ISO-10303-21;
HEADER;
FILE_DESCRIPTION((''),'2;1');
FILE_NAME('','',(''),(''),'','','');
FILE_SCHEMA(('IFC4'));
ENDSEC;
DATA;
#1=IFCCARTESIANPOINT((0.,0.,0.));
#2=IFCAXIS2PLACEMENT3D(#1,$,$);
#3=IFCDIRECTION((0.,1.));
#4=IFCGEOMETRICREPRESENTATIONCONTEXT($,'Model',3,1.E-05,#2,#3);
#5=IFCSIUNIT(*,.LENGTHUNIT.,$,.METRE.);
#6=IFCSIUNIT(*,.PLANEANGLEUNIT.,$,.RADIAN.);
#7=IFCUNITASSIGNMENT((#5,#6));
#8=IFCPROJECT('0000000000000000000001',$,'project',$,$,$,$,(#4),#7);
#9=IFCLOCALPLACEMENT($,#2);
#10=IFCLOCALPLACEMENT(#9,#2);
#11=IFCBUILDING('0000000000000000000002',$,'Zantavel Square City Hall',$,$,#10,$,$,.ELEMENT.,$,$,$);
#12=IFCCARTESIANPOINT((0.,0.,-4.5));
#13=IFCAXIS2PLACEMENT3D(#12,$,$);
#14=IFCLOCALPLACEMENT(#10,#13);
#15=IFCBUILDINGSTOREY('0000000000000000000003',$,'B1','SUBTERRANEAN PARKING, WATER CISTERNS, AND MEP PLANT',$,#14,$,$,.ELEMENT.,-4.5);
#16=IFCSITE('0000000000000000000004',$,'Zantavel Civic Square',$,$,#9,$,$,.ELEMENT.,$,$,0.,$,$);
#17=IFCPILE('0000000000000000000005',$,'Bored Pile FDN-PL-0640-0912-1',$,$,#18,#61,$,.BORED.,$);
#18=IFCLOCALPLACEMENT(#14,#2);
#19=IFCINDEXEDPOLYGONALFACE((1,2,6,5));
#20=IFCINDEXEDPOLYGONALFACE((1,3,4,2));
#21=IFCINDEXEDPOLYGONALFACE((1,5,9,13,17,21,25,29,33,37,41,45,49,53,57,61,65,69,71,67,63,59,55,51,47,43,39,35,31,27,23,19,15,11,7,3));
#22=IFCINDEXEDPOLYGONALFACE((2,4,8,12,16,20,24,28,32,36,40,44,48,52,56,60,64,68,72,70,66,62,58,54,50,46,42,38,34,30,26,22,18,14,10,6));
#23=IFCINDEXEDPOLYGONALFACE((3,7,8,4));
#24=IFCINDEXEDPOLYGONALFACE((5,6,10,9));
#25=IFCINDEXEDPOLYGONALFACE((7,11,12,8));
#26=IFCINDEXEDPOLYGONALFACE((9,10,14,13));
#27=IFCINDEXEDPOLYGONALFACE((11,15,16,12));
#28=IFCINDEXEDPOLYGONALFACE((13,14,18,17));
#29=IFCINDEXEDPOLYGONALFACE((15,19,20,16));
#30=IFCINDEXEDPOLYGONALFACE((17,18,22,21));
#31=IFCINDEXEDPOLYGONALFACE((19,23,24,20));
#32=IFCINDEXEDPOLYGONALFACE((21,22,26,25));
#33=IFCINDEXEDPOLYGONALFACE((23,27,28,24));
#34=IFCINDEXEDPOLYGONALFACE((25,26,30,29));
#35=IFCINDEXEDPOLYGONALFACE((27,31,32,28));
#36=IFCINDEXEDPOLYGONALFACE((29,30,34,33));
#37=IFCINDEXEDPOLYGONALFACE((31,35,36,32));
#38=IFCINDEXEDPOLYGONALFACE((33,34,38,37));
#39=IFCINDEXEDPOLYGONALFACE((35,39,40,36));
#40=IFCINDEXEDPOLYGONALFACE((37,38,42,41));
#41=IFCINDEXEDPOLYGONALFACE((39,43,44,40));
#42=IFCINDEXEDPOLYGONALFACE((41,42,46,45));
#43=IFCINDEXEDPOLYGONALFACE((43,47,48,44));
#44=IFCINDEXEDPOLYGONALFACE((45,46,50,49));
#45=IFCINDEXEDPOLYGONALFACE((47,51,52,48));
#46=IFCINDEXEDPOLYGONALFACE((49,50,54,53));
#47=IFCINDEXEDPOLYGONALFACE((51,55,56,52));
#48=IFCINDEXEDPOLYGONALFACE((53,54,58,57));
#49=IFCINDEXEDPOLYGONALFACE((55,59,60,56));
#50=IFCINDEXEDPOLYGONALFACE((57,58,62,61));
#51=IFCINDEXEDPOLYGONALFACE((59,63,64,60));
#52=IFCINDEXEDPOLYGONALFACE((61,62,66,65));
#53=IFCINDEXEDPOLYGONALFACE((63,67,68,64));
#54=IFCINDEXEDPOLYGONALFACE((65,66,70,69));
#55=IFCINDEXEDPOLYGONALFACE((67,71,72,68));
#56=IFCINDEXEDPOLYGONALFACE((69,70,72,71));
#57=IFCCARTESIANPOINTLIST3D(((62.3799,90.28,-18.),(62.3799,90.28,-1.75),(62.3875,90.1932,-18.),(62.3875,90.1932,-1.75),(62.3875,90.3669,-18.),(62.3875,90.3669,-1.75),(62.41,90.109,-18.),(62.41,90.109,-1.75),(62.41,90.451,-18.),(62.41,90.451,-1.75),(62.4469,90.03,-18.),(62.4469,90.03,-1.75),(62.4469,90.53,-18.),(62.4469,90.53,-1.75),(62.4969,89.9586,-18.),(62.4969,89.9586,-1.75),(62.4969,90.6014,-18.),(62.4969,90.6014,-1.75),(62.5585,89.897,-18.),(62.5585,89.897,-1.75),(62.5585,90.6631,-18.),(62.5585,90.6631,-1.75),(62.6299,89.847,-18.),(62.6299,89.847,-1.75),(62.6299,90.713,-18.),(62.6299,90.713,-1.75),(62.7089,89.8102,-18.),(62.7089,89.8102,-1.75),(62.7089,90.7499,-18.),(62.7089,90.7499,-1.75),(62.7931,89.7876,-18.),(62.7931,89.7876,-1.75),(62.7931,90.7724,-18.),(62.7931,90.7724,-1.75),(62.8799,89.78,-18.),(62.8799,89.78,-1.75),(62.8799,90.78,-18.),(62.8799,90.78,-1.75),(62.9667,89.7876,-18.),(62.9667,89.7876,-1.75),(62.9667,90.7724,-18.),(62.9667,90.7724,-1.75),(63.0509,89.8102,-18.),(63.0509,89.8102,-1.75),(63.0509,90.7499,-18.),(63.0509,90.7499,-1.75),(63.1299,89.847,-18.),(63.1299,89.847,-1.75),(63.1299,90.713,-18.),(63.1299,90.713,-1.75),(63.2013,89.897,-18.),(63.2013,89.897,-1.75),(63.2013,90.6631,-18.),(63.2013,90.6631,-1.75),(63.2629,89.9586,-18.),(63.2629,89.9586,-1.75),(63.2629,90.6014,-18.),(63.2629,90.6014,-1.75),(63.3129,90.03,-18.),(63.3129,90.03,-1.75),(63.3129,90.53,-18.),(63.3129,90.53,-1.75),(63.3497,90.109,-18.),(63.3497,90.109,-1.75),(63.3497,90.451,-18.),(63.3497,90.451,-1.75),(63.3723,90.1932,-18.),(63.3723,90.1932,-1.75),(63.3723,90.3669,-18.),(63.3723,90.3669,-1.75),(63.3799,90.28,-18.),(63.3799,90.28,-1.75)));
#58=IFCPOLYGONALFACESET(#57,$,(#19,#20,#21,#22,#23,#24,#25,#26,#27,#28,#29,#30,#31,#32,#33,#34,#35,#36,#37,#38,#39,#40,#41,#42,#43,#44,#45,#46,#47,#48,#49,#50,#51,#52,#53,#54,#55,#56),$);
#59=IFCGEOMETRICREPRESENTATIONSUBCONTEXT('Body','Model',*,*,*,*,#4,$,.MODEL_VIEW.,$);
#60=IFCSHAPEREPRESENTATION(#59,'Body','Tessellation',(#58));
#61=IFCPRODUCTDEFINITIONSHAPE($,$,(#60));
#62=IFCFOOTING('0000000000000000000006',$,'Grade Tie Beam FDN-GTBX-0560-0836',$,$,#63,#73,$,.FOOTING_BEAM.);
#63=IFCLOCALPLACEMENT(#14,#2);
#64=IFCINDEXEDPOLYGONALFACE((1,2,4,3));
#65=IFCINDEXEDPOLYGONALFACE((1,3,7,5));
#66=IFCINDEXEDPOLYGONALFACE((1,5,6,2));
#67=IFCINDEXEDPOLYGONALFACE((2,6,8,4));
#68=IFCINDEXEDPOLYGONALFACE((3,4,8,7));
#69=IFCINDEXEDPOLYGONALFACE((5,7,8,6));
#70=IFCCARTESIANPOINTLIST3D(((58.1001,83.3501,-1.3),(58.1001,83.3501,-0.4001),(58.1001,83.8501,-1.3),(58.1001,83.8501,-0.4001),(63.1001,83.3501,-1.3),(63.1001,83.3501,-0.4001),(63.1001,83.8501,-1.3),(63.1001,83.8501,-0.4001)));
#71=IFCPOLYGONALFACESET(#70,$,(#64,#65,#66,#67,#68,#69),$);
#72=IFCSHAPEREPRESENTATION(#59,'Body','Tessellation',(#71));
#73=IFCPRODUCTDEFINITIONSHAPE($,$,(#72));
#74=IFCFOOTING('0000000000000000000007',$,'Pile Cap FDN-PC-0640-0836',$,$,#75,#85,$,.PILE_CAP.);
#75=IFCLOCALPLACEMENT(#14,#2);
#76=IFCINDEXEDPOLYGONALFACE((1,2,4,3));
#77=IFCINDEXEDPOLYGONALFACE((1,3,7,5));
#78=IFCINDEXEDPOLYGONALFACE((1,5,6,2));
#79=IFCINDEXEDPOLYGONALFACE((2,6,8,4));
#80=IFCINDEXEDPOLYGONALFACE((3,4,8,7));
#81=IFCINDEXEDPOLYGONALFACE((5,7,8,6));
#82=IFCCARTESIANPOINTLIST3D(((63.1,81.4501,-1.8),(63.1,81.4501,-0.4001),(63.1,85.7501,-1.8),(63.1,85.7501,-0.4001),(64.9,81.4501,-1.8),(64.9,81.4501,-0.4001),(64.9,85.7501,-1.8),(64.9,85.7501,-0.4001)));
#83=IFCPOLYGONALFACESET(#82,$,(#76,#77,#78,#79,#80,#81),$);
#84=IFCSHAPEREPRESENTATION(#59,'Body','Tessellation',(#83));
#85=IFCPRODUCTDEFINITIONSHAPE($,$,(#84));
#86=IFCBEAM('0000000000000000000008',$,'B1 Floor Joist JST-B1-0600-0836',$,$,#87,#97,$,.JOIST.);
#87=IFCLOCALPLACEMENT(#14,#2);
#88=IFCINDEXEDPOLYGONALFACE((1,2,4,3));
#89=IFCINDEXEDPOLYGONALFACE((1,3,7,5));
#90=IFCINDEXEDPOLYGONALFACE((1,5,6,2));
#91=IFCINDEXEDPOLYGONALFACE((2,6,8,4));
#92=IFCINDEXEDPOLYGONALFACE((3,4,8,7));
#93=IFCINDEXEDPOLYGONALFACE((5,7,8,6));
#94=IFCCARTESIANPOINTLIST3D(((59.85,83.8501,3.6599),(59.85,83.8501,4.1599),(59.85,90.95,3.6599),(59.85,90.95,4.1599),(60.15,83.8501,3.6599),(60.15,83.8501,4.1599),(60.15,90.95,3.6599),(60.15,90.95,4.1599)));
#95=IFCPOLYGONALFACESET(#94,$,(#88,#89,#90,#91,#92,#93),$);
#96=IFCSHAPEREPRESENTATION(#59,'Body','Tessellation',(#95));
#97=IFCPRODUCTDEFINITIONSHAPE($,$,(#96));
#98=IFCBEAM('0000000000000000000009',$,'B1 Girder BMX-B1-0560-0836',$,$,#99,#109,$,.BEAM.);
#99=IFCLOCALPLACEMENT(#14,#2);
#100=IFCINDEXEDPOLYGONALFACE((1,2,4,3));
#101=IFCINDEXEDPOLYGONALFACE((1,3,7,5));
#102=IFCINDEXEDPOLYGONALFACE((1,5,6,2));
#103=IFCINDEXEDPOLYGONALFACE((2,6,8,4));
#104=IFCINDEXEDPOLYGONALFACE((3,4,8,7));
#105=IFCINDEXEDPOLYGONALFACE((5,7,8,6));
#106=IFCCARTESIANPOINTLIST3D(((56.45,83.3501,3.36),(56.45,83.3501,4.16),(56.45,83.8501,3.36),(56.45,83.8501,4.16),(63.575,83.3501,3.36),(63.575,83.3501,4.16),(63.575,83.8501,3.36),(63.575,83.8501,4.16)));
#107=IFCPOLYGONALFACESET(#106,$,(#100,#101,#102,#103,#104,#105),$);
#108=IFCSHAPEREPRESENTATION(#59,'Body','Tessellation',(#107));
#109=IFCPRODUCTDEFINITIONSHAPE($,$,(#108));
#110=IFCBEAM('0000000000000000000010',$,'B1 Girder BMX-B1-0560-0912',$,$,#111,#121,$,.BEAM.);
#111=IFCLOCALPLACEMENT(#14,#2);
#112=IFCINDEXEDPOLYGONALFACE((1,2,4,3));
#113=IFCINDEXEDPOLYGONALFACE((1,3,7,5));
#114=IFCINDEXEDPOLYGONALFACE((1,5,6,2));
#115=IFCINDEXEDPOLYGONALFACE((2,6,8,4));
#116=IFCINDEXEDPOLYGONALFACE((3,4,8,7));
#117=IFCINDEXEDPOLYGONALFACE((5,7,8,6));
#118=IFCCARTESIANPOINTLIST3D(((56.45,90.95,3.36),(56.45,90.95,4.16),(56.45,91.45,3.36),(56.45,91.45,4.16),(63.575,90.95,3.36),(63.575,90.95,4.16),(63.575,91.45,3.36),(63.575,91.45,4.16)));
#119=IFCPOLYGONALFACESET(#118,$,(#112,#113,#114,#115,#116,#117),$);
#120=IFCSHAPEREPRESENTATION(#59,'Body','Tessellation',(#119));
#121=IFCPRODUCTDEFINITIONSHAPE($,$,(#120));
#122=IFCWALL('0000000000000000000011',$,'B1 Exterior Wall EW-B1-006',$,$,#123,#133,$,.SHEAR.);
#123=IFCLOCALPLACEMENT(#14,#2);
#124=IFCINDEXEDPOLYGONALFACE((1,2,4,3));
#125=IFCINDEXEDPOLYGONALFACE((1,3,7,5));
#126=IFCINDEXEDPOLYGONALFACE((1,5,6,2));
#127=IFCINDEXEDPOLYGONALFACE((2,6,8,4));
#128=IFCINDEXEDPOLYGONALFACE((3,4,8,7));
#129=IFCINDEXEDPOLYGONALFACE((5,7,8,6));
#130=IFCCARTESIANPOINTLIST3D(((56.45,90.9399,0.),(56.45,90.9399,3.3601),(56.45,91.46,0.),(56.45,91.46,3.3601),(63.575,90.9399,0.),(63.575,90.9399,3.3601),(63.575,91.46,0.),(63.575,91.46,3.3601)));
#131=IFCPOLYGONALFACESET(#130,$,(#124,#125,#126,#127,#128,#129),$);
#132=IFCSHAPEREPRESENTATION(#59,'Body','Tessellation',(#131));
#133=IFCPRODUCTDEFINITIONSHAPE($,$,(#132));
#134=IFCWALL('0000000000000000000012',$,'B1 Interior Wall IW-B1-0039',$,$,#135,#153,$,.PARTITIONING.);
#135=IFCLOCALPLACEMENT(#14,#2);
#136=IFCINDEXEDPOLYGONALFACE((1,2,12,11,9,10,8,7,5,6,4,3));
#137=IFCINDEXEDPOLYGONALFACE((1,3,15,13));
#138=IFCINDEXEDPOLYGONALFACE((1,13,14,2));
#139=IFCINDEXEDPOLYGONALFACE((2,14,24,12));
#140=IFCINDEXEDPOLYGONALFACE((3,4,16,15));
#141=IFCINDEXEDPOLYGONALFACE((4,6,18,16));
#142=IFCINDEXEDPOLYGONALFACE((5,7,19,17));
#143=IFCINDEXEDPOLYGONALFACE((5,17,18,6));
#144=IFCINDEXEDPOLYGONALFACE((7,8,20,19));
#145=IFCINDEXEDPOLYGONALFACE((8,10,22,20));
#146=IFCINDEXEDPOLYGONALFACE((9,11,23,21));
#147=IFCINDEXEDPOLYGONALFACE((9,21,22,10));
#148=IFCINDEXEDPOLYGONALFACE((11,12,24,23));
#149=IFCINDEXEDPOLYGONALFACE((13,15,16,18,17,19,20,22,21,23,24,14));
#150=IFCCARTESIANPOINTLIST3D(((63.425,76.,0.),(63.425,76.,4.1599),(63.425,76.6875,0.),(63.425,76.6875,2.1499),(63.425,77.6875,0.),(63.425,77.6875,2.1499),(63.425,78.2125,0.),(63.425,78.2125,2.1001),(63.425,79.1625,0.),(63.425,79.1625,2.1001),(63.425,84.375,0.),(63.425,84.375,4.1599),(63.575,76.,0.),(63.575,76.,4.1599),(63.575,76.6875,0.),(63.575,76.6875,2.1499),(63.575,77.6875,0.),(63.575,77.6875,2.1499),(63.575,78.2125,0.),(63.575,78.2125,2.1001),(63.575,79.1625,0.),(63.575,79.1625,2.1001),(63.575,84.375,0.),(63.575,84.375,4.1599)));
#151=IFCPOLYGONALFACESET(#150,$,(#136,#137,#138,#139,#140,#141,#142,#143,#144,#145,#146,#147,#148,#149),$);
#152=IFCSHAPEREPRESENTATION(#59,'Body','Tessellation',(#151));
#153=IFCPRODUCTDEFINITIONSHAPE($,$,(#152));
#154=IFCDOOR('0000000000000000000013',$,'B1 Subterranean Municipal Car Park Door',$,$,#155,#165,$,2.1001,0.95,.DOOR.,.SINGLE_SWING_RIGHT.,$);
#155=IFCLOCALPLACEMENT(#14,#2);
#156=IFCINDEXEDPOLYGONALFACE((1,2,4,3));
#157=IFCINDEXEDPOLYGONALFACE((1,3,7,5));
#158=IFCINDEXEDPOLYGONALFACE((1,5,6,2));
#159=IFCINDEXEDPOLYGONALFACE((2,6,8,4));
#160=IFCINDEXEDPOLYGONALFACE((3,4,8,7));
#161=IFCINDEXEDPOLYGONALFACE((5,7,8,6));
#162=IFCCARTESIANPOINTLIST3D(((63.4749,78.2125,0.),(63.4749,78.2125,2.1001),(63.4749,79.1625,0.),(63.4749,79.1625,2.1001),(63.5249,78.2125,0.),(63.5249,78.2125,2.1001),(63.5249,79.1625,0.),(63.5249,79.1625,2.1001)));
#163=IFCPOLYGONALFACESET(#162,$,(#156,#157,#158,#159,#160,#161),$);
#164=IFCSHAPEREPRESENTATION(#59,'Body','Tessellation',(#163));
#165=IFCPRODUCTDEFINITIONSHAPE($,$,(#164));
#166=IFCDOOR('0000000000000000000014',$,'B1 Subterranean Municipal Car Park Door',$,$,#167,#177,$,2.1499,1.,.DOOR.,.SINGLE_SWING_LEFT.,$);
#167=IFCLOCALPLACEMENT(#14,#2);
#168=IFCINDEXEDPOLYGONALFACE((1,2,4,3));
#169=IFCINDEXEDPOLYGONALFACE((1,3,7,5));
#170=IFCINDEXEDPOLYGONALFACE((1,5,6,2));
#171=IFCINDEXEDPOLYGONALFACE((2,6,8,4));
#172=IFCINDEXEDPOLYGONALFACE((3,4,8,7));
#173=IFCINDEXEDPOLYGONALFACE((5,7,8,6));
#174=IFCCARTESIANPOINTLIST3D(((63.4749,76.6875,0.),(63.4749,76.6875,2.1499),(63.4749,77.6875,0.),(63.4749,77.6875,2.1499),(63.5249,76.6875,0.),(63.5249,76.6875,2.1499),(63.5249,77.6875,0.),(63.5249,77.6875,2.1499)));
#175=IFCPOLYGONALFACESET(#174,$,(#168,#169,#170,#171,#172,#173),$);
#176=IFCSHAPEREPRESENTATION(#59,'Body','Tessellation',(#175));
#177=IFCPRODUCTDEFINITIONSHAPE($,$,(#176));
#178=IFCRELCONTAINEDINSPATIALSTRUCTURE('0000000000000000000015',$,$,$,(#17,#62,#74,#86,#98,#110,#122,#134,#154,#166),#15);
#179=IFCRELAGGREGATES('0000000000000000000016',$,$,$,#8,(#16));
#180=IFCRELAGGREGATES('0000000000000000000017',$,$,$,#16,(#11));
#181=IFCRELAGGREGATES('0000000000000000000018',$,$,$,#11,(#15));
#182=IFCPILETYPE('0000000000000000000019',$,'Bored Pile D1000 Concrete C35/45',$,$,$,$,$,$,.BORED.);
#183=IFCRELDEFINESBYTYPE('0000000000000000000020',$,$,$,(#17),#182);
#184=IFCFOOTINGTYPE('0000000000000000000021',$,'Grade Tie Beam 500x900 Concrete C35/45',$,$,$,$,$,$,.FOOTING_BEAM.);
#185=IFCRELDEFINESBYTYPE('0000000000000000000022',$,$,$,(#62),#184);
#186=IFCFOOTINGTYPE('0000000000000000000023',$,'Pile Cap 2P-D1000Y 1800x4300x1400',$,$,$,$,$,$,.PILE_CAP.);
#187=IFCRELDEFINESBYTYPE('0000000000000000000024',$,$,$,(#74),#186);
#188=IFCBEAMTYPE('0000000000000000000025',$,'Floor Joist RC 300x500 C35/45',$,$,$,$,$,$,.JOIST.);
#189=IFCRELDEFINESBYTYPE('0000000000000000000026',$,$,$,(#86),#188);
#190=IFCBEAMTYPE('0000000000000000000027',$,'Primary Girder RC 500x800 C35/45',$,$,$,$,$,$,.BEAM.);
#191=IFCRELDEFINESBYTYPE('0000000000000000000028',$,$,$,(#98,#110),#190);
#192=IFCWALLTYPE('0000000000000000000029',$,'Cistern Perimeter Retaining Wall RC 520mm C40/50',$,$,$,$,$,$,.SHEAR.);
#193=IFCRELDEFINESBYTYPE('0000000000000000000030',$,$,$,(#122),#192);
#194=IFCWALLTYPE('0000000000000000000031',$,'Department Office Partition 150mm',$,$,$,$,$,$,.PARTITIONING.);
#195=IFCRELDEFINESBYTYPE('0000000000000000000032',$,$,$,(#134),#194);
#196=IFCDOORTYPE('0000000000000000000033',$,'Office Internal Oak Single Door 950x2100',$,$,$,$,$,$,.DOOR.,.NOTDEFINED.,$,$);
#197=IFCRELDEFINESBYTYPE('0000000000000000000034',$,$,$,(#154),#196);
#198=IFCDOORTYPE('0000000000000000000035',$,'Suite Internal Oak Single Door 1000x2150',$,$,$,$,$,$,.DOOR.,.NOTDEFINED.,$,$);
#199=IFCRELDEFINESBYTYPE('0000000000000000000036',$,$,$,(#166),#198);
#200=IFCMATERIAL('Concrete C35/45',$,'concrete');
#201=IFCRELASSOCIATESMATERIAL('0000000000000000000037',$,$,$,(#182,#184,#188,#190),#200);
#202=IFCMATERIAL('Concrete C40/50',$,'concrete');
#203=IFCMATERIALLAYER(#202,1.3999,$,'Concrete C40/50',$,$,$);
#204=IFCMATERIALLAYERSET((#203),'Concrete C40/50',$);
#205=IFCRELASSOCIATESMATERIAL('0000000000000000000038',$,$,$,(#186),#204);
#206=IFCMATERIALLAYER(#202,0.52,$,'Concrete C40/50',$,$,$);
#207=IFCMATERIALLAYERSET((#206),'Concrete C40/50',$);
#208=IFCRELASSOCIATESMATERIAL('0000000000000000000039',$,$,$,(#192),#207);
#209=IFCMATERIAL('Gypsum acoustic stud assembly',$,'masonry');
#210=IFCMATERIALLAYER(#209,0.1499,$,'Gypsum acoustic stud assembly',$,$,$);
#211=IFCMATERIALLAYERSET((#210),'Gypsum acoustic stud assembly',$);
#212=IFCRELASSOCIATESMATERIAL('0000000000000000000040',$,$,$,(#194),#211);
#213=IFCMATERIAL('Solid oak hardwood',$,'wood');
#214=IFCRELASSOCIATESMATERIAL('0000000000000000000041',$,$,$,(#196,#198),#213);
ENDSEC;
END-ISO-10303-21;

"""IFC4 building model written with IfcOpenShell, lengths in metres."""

from ifc_helpers import new_model, si_unit, direction, frame, frame_2d, origin, origin_2d, place, context, subcontext, project, spatial, rectangle, circle, extrude, material, layer, layer_set, material_profile, profile_set, type_object, element, fill, save


model = new_model("IFC4")

# Units and contexts
model_context = context("Model", 3, precision=1e-05, world=origin(), true_north=direction((0.0, 1.0)))
body_context = subcontext(model_context, "Body", "Model", "MODEL_VIEW")
ifc_project = project(units=[si_unit("LENGTHUNIT", "METRE"), si_unit("PLANEANGLEUNIT", "RADIAN")], contexts=[model_context])

# Site, building, storey
site_placement = place(None, origin())
site = spatial("IfcSite", under=ifc_project, at=site_placement, Name="Zantavel Civic Square", CompositionType="ELEMENT", RefElevation=0.0)
building_placement = place(site_placement, origin())
building = spatial("IfcBuilding", under=site, at=building_placement, Name="Zantavel Square City Hall", CompositionType="ELEMENT")
storey_placement = place(building_placement, frame((0.0, 0.0, -4.5)))
storey = spatial("IfcBuildingStorey", under=building, at=storey_placement, Name="B1", Description="SUBTERRANEAN PARKING, WATER CISTERNS, AND MEP PLANT", CompositionType="ELEMENT", Elevation=-4.5)

# Pile
ifc_material_1 = material(Name="Concrete C35/45", Category="concrete")
ifc_material_profile_1 = material_profile(ifc_material_1, circle(Radius=0.5, at=origin_2d()), Name="PILE D1000")
ifc_profile_set_1 = profile_set([ifc_material_profile_1], Name="Concrete C35/45")
pile_type = type_object("IfcPileType", Name="Bored Pile D1000 Concrete C35/45", PredefinedType="BORED", material=ifc_profile_set_1)
pile_1_placement = place(storey_placement, frame((62.8799, 90.28, -1.75), z_axis=(0.0, 0.0, -1.0), x_axis=(1.0, 0.0, 0.0)))
element("IfcPile", 1, at=pile_1_placement, inside=storey, type_object=pile_type, Name="Bored Pile FDN-PL-0640-0912-1", PredefinedType="BORED", context=body_context, shape_type="SweptSolid", body=[
    extrude(circle(Radius=0.5, at=origin_2d()), origin(), (0.0, 0.0, 1.0), 16.25),
])

# Footings
ifc_material_profile_2 = material_profile(ifc_material_1, rectangle(XDim=0.5, YDim=0.8999, at=origin_2d()), Name="RC 500x900")
ifc_profile_set_2 = profile_set([ifc_material_profile_2], Name="Concrete C35/45")
footing_type_1 = type_object("IfcFootingType", Name="Grade Tie Beam 500x900 Concrete C35/45", PredefinedType="FOOTING_BEAM", material=ifc_profile_set_2)
footing_1_placement = place(storey_placement, frame((58.1001, 83.6001, -0.8501), z_axis=(1.0, 0.0, 0.0), x_axis=(0.0, 1.0, 0.0)))
element("IfcFooting", 2, at=footing_1_placement, inside=storey, type_object=footing_type_1, Name="Grade Tie Beam FDN-GTBX-0560-0836", PredefinedType="FOOTING_BEAM", context=body_context, shape_type="SweptSolid", body=[
    extrude(rectangle(XDim=0.5, YDim=0.8999, at=origin_2d()), origin(), (0.0, 0.0, 1.0), 5.0),
])
ifc_material_2 = material(Name="Concrete C40/50", Category="concrete")
ifc_layer_1 = layer(ifc_material_2, 1.3999, Name="Concrete C40/50")
ifc_layer_set_1 = layer_set([ifc_layer_1], Name="Concrete C40/50")
footing_type_2 = type_object("IfcFootingType", Name="Pile Cap 2P-D1000Y 1800x4300x1400", PredefinedType="PILE_CAP", material=ifc_layer_set_1)
footing_2_placement = place(storey_placement, frame((64.0, 83.6001, -1.8), z_axis=(0.0, 0.0, 1.0), x_axis=(1.0, 0.0, 0.0)))
element("IfcFooting", 3, at=footing_2_placement, inside=storey, type_object=footing_type_2, Name="Pile Cap FDN-PC-0640-0836", PredefinedType="PILE_CAP", context=body_context, shape_type="SweptSolid", body=[
    extrude(rectangle(XDim=1.8, YDim=4.3, at=origin_2d()), origin(), (0.0, 0.0, 1.0), 1.3999),
])

# Beams
ifc_material_profile_3 = material_profile(ifc_material_1, rectangle(XDim=0.3, YDim=0.5, at=origin_2d()), Name="RC 300x500")
ifc_profile_set_3 = profile_set([ifc_material_profile_3], Name="Concrete C35/45")
beam_type_1 = type_object("IfcBeamType", Name="Floor Joist RC 300x500 C35/45", PredefinedType="JOIST", material=ifc_profile_set_3)
beam_placement = place(storey_placement, frame((60.0, 83.8501, 3.9099), z_axis=(0.0, 1.0, 0.0), x_axis=(-1.0, 0.0, 0.0)))
element("IfcBeam", 4, at=beam_placement, inside=storey, type_object=beam_type_1, Name="B1 Floor Joist JST-B1-0600-0836", PredefinedType="JOIST", context=body_context, shape_type="SweptSolid", body=[
    extrude(rectangle(XDim=0.3, YDim=0.5, at=origin_2d()), origin(), (0.0, 0.0, 1.0), 7.0999),
])
ifc_material_profile_4 = material_profile(ifc_material_1, rectangle(XDim=0.5, YDim=0.8, at=origin_2d()), Name="RC 500x800")
ifc_profile_set_4 = profile_set([ifc_material_profile_4], Name="Concrete C35/45")
beam_type_2 = type_object("IfcBeamType", Name="Primary Girder RC 500x800 C35/45", PredefinedType="BEAM", material=ifc_profile_set_4)
for number, where, z_axis, x_axis, name in (
    (5, (56.45, 83.6001, 3.76), (1.0, 0.0, 0.0), (0.0, 1.0, 0.0), "B1 Girder BMX-B1-0560-0836"),
    (6, (56.45, 91.2, 3.76), (1.0, 0.0, 0.0), (0.0, 1.0, 0.0), "B1 Girder BMX-B1-0560-0912"),
):
    element("IfcBeam", number, at=place(storey_placement, frame(where, z_axis=z_axis, x_axis=x_axis)), inside=storey, type_object=beam_type_2, Name=name, PredefinedType="BEAM", context=body_context, shape_type="SweptSolid", body=[
        extrude(rectangle(XDim=0.5, YDim=0.8, at=origin_2d()), origin(), (0.0, 0.0, 1.0), 7.125),
    ])

# Wall
ifc_layer_2 = layer(ifc_material_2, 0.52, Name="Concrete C40/50")
ifc_layer_set_2 = layer_set([ifc_layer_2], Name="Concrete C40/50")
wall_type_1 = type_object("IfcWallType", Name="Cistern Perimeter Retaining Wall RC 520mm C40/50", PredefinedType="SHEAR", material=ifc_layer_set_2)
wall_1_placement = place(storey_placement, frame((56.45, 91.2, 0.0), z_axis=(0.0, 0.0, 1.0), x_axis=(1.0, 0.0, 0.0)))
element("IfcWall", 7, at=wall_1_placement, inside=storey, type_object=wall_type_1, Name="B1 Exterior Wall EW-B1-006", PredefinedType="SHEAR", context=body_context, shape_type="SweptSolid", body=[
    extrude(rectangle(XDim=7.125, YDim=0.52, at=frame_2d((3.5625, 0.0))), origin(), (0.0, 0.0, 1.0), 3.3601),
])

# Wall, openings, doors
ifc_material_3 = material(Name="Gypsum acoustic stud assembly", Category="masonry")
ifc_layer_3 = layer(ifc_material_3, 0.1499, Name="Gypsum acoustic stud assembly")
ifc_layer_set_3 = layer_set([ifc_layer_3], Name="Gypsum acoustic stud assembly")
wall_type_2 = type_object("IfcWallType", Name="Department Office Partition 150mm", PredefinedType="PARTITIONING", material=ifc_layer_set_3)
wall_2_placement = place(storey_placement, frame((63.5, 84.375, 0.0), z_axis=(0.0, 0.0, 1.0), x_axis=(0.0, -1.0, 0.0)))
wall_2 = element("IfcWall", 8, at=wall_2_placement, inside=storey, type_object=wall_type_2, Name="B1 Interior Wall IW-B1-0039", PredefinedType="PARTITIONING", context=body_context, shape_type="SweptSolid", body=[
    extrude(rectangle(XDim=8.375, YDim=0.1499, at=frame_2d((4.1875, 0.0))), origin(), (0.0, 0.0, 1.0), 4.1599),
])
opening_1_placement = place(wall_2_placement, frame((5.2124, 0.0, 0.0)))
opening_1 = element("IfcOpeningElement", 9, at=opening_1_placement, cuts=wall_2, PredefinedType="OPENING", context=body_context, shape_type="SweptSolid", body=[
    extrude(rectangle(XDim=0.95, YDim=2.1001, at=frame_2d((0.4751, 1.05))), frame((0.0, 0.085, 0.0), z_axis=(0.0, -1.0, 0.0), x_axis=(1.0, 0.0, 0.0)), (0.0, 0.0, 1.0), 0.1699),
])
opening_2_placement = place(wall_2_placement, frame((6.6875, 0.0, 0.0)))
opening_2 = element("IfcOpeningElement", 10, at=opening_2_placement, cuts=wall_2, PredefinedType="OPENING", context=body_context, shape_type="SweptSolid", body=[
    extrude(rectangle(XDim=1.0, YDim=2.1499, at=frame_2d((0.5, 1.075))), frame((0.0, 0.085, 0.0), z_axis=(0.0, -1.0, 0.0), x_axis=(1.0, 0.0, 0.0)), (0.0, 0.0, 1.0), 0.1699),
])
ifc_material_4 = material(Name="Solid oak hardwood", Category="wood")
door_type_1 = type_object("IfcDoorType", Name="Office Internal Oak Single Door 950x2100", OperationType="NOTDEFINED", PredefinedType="DOOR", material=ifc_material_4)
door_1_placement = place(opening_1_placement, origin())
door_1 = element("IfcDoor", 11, at=door_1_placement, inside=storey, type_object=door_type_1, Name="B1 Subterranean Municipal Car Park Door", OperationType="SINGLE_SWING_RIGHT", OverallHeight=2.1001, OverallWidth=0.95, PredefinedType="DOOR", context=body_context, shape_type="SweptSolid", body=[
    extrude(rectangle(XDim=0.95, YDim=2.1001, at=frame_2d((0.4751, 1.05))), frame((0.0, 0.0249, 0.0), z_axis=(0.0, -1.0, 0.0), x_axis=(1.0, 0.0, 0.0)), (0.0, 0.0, 1.0), 0.05),
])
fill(opening_1, door_1)
door_type_2 = type_object("IfcDoorType", Name="Suite Internal Oak Single Door 1000x2150", OperationType="NOTDEFINED", PredefinedType="DOOR", material=ifc_material_4)
door_2_placement = place(opening_2_placement, origin())
door_2 = element("IfcDoor", 12, at=door_2_placement, inside=storey, type_object=door_type_2, Name="B1 Subterranean Municipal Car Park Door", OperationType="SINGLE_SWING_LEFT", OverallHeight=2.1499, OverallWidth=1.0, PredefinedType="DOOR", context=body_context, shape_type="SweptSolid", body=[
    extrude(rectangle(XDim=1.0, YDim=2.1499, at=frame_2d((0.5, 1.075))), frame((0.0, 0.0249, 0.0), z_axis=(0.0, -1.0, 0.0), x_axis=(1.0, 0.0, 0.0)), (0.0, 0.0, 1.0), 0.05),
])
fill(opening_2, door_2)

save(model, "model.ifc")
